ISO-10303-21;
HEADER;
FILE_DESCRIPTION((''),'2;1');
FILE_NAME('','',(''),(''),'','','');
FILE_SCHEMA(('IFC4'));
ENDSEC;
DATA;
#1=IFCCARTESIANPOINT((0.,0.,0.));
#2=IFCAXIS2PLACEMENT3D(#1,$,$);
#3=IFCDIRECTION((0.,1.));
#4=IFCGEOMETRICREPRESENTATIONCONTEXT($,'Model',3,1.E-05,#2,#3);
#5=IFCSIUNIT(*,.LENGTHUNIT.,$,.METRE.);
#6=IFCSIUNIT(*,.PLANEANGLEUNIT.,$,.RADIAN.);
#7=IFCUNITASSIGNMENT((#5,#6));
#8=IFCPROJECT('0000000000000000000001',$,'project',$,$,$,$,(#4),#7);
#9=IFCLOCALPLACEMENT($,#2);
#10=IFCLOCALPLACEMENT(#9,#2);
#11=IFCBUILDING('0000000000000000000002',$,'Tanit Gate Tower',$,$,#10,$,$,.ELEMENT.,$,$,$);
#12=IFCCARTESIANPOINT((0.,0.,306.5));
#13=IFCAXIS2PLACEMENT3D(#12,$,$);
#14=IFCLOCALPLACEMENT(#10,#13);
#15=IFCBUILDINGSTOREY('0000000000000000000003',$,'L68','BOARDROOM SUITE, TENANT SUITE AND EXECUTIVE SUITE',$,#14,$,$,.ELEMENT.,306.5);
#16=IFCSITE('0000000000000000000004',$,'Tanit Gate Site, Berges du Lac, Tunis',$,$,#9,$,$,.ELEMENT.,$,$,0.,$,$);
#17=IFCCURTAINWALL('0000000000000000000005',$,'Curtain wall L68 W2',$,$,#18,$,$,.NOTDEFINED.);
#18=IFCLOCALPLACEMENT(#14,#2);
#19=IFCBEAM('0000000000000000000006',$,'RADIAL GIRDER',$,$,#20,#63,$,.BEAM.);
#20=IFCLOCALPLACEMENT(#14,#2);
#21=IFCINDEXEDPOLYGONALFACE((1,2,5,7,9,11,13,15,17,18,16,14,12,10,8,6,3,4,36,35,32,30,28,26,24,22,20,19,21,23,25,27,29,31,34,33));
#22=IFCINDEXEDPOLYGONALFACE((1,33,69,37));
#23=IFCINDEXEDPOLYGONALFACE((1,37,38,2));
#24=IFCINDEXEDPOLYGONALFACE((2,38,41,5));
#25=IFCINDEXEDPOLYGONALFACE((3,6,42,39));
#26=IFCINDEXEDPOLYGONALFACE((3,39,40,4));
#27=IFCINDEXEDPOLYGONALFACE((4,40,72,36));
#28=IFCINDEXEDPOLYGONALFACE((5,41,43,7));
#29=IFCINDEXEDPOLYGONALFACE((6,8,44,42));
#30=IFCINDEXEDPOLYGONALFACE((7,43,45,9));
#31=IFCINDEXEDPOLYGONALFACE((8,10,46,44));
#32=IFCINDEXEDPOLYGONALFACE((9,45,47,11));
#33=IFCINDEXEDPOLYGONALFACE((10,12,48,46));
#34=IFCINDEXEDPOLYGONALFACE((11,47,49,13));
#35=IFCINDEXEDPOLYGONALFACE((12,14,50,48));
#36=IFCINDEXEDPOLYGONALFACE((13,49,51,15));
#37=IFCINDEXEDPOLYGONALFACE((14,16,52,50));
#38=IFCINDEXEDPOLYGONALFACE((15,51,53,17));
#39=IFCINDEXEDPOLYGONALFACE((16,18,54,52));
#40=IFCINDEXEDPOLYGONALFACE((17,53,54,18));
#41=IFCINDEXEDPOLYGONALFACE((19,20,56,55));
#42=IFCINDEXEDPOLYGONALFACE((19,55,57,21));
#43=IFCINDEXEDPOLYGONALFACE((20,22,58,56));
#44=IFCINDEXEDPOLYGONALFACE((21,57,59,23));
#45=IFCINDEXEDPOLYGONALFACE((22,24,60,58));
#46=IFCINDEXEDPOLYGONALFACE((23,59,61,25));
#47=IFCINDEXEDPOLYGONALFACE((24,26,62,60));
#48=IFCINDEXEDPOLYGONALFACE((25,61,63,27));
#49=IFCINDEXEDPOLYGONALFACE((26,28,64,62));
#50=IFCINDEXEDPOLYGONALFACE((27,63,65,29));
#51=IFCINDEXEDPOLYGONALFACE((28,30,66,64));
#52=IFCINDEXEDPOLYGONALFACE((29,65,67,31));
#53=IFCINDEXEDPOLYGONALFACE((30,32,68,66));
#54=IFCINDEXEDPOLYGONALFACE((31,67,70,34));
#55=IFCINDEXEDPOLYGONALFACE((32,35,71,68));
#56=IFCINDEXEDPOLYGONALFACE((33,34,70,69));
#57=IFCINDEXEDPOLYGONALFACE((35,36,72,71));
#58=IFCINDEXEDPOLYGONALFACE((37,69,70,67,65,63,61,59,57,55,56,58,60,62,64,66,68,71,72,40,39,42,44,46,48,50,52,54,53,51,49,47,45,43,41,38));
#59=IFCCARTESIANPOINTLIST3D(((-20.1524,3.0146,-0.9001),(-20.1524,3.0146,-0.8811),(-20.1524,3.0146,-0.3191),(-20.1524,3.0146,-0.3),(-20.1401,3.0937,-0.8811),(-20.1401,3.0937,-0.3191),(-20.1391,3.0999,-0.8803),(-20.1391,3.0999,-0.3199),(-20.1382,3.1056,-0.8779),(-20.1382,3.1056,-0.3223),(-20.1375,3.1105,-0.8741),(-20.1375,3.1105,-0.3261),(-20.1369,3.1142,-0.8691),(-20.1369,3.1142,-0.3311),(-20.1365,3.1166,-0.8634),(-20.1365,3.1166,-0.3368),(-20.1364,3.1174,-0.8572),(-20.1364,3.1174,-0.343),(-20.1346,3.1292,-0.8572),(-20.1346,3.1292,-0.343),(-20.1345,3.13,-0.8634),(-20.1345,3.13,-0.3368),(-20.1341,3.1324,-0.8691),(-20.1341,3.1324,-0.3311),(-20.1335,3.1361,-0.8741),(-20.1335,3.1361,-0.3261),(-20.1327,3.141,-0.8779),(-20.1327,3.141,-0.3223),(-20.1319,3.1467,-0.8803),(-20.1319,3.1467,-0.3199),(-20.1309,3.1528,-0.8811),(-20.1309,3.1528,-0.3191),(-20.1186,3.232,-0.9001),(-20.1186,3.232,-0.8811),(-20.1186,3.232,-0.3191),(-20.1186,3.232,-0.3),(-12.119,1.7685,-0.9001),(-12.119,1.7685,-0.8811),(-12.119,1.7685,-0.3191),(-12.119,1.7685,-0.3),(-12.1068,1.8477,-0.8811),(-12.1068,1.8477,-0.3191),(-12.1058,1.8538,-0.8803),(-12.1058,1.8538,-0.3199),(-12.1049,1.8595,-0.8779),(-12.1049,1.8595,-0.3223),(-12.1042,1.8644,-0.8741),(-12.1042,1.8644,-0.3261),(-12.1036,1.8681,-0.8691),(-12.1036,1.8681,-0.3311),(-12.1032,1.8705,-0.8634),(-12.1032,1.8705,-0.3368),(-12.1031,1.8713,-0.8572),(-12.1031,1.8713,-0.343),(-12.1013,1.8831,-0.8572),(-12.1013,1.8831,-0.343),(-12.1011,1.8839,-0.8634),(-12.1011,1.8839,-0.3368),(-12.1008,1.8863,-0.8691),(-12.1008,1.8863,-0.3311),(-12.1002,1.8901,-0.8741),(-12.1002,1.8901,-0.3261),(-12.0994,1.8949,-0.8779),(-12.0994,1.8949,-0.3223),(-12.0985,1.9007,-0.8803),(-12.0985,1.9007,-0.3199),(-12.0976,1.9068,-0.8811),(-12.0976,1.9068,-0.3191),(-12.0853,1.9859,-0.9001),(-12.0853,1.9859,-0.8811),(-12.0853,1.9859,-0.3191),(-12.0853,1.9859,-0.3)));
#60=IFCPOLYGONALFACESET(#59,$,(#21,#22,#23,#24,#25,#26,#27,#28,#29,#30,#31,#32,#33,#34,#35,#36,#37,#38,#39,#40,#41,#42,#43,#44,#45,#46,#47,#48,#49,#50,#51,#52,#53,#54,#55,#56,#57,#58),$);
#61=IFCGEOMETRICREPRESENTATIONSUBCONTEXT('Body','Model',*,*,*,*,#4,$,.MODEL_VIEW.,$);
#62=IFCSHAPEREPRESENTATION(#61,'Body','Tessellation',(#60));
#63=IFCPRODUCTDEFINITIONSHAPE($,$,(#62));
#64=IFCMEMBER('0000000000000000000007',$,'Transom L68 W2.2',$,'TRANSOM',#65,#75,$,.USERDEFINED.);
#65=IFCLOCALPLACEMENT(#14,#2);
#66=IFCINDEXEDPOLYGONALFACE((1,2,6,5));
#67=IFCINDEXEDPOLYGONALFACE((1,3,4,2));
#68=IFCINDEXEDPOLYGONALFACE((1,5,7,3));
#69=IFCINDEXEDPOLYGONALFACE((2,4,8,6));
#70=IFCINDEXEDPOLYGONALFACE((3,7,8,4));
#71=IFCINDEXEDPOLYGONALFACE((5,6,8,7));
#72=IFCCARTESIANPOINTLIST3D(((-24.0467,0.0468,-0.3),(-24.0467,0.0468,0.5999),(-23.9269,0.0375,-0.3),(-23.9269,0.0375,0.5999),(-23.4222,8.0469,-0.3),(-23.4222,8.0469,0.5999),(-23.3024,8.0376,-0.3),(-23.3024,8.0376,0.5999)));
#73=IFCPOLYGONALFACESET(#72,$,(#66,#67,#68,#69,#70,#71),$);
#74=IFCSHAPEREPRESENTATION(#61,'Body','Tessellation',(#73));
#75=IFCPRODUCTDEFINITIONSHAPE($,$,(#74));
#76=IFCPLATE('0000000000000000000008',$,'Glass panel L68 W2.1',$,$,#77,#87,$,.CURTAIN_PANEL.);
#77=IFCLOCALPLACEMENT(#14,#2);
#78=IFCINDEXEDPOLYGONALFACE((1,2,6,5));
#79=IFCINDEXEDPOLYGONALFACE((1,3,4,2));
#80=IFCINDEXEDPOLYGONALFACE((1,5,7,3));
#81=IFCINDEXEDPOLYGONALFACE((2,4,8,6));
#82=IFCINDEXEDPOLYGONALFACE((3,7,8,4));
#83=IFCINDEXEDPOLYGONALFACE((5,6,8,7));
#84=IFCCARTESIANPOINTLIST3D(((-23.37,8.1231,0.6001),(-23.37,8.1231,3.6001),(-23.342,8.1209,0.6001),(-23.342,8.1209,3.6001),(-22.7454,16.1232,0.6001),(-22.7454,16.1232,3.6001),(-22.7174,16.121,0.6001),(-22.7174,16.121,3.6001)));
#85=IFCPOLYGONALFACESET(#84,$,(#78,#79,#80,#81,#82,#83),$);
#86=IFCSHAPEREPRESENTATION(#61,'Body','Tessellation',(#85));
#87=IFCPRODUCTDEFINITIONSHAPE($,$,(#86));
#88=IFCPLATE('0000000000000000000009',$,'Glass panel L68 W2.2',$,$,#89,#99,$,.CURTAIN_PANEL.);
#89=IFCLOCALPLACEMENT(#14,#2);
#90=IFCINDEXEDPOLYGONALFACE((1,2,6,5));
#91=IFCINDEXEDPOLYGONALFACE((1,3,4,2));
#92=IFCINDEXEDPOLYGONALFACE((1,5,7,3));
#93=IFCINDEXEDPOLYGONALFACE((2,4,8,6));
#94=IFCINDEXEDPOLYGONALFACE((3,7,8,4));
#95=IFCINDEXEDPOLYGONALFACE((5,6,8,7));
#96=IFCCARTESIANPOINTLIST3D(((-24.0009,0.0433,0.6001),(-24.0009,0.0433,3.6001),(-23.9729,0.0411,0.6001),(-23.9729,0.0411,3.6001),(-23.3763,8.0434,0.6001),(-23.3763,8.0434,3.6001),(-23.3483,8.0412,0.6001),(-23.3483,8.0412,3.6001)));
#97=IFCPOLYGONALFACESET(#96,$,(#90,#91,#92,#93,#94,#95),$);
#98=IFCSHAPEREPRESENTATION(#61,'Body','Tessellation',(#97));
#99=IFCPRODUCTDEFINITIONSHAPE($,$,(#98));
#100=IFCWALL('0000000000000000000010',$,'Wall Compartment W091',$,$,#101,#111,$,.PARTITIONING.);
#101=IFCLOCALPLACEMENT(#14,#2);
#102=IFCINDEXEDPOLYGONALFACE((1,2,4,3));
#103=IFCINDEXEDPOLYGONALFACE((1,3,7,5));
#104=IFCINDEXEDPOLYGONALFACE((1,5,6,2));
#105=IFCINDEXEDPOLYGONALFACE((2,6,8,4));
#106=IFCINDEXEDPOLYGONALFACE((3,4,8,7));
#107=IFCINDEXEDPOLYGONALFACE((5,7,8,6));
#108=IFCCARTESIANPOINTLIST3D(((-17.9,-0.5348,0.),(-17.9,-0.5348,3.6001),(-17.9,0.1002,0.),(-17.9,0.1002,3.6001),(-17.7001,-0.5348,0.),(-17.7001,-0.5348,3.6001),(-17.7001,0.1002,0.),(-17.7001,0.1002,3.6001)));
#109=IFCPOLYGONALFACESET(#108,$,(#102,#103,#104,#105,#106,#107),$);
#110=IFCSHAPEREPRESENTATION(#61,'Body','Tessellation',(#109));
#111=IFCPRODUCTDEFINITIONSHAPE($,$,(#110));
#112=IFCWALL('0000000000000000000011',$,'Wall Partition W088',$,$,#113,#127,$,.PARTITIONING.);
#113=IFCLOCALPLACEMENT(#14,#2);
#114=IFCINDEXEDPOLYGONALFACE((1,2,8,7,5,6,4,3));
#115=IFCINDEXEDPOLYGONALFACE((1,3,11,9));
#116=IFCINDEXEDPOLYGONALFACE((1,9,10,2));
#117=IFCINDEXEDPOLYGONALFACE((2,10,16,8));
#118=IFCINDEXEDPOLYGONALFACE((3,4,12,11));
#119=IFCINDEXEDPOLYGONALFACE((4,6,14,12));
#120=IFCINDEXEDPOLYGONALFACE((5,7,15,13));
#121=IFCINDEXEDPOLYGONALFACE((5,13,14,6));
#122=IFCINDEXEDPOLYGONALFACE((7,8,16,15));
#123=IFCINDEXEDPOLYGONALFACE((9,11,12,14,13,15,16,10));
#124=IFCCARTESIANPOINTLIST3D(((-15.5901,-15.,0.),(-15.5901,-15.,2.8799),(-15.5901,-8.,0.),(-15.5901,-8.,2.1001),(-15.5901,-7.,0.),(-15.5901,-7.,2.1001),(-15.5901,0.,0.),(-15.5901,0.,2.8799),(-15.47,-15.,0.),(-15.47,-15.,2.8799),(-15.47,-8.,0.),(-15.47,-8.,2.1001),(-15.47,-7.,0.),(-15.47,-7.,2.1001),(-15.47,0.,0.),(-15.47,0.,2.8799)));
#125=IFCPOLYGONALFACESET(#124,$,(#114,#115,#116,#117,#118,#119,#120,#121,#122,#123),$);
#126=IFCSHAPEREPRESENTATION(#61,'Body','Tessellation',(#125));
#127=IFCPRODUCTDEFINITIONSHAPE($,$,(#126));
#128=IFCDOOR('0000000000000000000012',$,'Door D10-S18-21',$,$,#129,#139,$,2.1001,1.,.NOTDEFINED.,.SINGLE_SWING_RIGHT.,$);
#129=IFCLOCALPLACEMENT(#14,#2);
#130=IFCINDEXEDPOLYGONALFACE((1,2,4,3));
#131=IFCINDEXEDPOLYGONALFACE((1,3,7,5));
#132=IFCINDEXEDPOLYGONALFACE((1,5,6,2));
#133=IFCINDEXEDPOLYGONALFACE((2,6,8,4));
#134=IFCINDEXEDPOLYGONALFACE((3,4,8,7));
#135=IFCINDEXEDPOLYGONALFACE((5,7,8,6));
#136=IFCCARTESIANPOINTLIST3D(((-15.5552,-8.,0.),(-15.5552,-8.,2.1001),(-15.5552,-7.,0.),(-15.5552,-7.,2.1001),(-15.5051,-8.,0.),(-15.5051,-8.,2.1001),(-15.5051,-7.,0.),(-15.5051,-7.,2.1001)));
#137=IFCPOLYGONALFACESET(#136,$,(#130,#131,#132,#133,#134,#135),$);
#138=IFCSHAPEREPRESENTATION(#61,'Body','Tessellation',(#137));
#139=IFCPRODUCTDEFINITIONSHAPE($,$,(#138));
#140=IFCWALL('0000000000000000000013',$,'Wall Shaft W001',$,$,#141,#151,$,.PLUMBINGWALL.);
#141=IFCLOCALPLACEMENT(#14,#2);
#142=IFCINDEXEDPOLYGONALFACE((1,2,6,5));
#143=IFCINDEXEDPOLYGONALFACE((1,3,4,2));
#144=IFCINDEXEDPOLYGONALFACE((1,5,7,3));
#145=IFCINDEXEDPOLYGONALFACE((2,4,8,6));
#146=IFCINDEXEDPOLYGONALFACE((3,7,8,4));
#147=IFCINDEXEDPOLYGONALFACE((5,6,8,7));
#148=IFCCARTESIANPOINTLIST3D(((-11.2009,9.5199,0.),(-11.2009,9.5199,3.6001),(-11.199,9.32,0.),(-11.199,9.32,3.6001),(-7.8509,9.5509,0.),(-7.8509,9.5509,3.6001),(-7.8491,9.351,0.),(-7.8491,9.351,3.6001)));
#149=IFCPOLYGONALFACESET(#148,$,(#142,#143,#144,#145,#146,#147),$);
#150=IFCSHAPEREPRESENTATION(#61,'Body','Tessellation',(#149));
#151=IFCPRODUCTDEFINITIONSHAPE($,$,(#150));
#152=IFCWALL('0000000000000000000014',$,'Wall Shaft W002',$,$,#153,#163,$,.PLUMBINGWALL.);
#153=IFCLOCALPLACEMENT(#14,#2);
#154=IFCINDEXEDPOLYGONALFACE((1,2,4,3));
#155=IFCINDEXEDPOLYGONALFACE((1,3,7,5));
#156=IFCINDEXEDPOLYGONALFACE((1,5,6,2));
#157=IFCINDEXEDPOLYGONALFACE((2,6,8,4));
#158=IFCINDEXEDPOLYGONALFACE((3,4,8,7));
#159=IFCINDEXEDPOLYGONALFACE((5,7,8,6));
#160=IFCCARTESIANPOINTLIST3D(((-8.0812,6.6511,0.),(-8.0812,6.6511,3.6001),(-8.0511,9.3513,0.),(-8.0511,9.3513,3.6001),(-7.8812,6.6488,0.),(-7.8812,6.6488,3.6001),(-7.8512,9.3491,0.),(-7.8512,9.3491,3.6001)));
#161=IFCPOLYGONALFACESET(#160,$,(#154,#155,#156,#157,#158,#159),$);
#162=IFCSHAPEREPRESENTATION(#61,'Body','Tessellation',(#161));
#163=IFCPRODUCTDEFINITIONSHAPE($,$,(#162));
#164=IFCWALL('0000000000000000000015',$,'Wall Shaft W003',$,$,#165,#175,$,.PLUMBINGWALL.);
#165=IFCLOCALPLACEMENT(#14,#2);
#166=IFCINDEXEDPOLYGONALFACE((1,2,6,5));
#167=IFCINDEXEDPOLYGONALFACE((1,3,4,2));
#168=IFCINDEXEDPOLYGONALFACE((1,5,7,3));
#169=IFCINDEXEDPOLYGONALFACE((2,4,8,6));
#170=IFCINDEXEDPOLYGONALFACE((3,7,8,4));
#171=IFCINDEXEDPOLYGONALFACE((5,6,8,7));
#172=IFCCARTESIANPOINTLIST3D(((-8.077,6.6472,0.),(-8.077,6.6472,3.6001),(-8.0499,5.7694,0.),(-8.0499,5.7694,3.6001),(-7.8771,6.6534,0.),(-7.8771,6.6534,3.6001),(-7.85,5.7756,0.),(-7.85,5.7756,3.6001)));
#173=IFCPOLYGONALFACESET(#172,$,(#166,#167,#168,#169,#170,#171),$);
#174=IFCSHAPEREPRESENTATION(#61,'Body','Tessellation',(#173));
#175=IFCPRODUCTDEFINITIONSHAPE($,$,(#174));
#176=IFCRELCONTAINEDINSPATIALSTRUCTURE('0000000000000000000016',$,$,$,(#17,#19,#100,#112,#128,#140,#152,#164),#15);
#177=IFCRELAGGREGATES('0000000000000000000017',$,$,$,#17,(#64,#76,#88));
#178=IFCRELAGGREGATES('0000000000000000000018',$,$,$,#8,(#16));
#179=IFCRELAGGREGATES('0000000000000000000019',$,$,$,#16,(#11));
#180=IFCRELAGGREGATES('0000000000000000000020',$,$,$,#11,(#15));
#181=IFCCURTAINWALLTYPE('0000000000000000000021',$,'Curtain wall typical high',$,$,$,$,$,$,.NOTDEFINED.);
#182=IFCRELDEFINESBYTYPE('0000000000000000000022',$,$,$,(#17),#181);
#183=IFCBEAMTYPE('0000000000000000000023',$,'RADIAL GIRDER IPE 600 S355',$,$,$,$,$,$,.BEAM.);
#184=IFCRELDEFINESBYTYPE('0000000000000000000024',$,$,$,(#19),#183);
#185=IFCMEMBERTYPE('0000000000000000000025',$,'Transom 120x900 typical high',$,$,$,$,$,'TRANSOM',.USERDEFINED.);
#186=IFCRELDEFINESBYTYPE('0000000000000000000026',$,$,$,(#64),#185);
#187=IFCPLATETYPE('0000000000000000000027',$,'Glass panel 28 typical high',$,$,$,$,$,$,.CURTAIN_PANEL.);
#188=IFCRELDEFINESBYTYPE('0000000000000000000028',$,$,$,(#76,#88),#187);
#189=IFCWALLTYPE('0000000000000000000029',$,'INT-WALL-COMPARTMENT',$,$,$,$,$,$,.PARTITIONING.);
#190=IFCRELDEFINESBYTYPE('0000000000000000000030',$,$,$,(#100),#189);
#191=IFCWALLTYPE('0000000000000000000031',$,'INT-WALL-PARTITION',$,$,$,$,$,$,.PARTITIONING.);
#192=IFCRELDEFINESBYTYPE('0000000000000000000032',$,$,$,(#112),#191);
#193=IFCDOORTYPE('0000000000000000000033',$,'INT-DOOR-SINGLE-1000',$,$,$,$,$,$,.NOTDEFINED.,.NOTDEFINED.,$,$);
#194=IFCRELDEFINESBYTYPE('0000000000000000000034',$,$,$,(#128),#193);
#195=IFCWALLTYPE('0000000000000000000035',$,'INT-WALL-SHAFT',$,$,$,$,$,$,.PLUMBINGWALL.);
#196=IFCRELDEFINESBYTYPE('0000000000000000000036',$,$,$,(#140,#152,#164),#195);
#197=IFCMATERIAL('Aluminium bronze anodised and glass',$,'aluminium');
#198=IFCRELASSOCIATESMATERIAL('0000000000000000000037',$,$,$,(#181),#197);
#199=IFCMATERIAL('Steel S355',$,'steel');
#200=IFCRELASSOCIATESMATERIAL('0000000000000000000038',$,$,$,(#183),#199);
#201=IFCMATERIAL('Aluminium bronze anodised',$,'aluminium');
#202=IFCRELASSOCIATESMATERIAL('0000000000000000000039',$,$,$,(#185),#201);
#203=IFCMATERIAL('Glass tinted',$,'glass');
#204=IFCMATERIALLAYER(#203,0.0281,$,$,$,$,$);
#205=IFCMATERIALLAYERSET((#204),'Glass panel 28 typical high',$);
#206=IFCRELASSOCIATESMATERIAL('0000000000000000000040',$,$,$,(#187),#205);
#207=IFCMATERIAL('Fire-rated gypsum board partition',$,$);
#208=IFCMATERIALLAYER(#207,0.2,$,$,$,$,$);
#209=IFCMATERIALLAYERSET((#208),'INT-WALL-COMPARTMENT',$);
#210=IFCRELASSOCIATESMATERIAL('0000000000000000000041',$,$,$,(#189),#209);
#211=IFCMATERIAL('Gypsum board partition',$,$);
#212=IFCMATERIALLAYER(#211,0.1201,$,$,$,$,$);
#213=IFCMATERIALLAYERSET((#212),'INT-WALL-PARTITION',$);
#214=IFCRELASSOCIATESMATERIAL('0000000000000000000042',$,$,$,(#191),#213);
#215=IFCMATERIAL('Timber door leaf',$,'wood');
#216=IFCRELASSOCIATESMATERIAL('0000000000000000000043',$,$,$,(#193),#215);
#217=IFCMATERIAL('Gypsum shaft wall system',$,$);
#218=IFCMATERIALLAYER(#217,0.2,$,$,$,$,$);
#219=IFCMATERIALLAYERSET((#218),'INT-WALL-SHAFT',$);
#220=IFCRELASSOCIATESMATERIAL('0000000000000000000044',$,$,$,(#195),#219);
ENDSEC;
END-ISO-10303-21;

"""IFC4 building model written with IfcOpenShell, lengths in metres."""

from ifc_helpers import new_model, si_unit, direction, frame, frame_2d, origin, origin_2d, place, context, subcontext, project, spatial, rectangle, i_section, extrude, material, layer, layer_set, material_profile, profile_set, type_object, element, fill, aggregate, save


model = new_model("IFC4")

# Units and contexts
model_context = context("Model", 3, precision=1e-05, world=origin(), true_north=direction((0.0, 1.0)))
body_context = subcontext(model_context, "Body", "Model", "MODEL_VIEW")
ifc_project = project(units=[si_unit("LENGTHUNIT", "METRE"), si_unit("PLANEANGLEUNIT", "RADIAN")], contexts=[model_context])

# Site, building, storey
site_placement = place(None, origin())
site = spatial("IfcSite", under=ifc_project, at=site_placement, Name="Tanit Gate Site, Berges du Lac, Tunis", CompositionType="ELEMENT", RefElevation=0.0)
building_placement = place(site_placement, origin())
building = spatial("IfcBuilding", under=site, at=building_placement, Name="Tanit Gate Tower", CompositionType="ELEMENT")
storey_placement = place(building_placement, frame((0.0, 0.0, 306.5)))
storey = spatial("IfcBuildingStorey", under=building, at=storey_placement, Name="L68", Description="BOARDROOM SUITE, TENANT SUITE AND EXECUTIVE SUITE", CompositionType="ELEMENT", Elevation=306.5)

# Curtain wall
ifc_material_1 = material(Name="Aluminium bronze anodised and glass", Category="aluminium")
curtain_wall_type = type_object("IfcCurtainWallType", Name="Curtain wall typical high", PredefinedType="NOTDEFINED", material=ifc_material_1)
curtain_wall_placement = place(storey_placement, origin())
curtain_wall = element("IfcCurtainWall", 1, at=curtain_wall_placement, inside=storey, type_object=curtain_wall_type, Name="Curtain wall L68 W2", PredefinedType="NOTDEFINED")

# Beam
ifc_material_2 = material(Name="Steel S355", Category="steel")
ifc_material_profile_1 = material_profile(ifc_material_2, i_section(OverallWidth=0.22, OverallDepth=0.6001, WebThickness=0.012, FlangeThickness=0.019, FilletRadius=0.0239, at=origin_2d()), Name="IPE 600")
ifc_profile_set_1 = profile_set([ifc_material_profile_1], Name="Steel S355")
beam_type_1 = type_object("IfcBeamType", Name="RADIAL GIRDER IPE 600 S355", PredefinedType="BEAM", material=ifc_profile_set_1)
beam_1_placement = place(storey_placement, frame((-20.1355, 3.1233, -0.6001), z_axis=(0.988183, -0.15328, 0.0), x_axis=(0.15328, 0.988183, 0.0)))
element("IfcBeam", 2, at=beam_1_placement, inside=storey, type_object=beam_type_1, Name="RADIAL GIRDER", PredefinedType="BEAM", context=body_context, shape_type="SweptSolid", body=[
    extrude(i_section(OverallWidth=0.22, OverallDepth=0.6001, WebThickness=0.012, FlangeThickness=0.019, FilletRadius=0.0239, at=origin_2d()), origin(), (0.0, 0.0, 1.0), 8.1294),
])

# Member
ifc_material_3 = material(Name="Aluminium bronze anodised", Category="aluminium")
ifc_material_profile_2 = material_profile(ifc_material_3, rectangle(XDim=0.1201, YDim=0.8999, at=origin_2d()), Name="120x900 bronze transom")
ifc_profile_set_2 = profile_set([ifc_material_profile_2], Name="Aluminium bronze anodised")
member_type_1 = type_object("IfcMemberType", Name="Transom 120x900 typical high", ElementType="TRANSOM", PredefinedType="USERDEFINED", material=ifc_profile_set_2)
member_1_placement = place(storey_placement, frame((-23.3623, 8.0422, 0.1499), z_axis=(-0.077827, -0.996967, 0.0), x_axis=(0.996967, -0.077827, 0.0)))
member_1 = element("IfcMember", 3, at=member_1_placement, type_object=member_type_1, Name="Transom L68 W2.2", ObjectType="TRANSOM", PredefinedType="USERDEFINED", context=body_context, shape_type="SweptSolid", body=[
    extrude(rectangle(XDim=0.1201, YDim=0.8999, at=origin_2d()), origin(), (0.0, 0.0, 1.0), 8.0244),
])

# Plates
ifc_material_4 = material(Name="Glass tinted", Category="glass")
ifc_layer_1 = layer(ifc_material_4, 0.0281)
ifc_layer_set_1 = layer_set([ifc_layer_1], Name="Glass panel 28 typical high")
plate_type = type_object("IfcPlateType", Name="Glass panel 28 typical high", PredefinedType="CURTAIN_PANEL", material=ifc_layer_set_1)
plate_1_placement = place(storey_placement, frame((-23.0437, 12.1221, 0.6001), z_axis=(0.0, 0.0, 1.0), x_axis=(-0.077839, -0.996966, 0.0)))
plate_1 = element("IfcPlate", 4, at=plate_1_placement, type_object=plate_type, Name="Glass panel L68 W2.1", PredefinedType="CURTAIN_PANEL", context=body_context, shape_type="SweptSolid", body=[
    extrude(rectangle(XDim=8.0244, YDim=0.0281, at=origin_2d()), origin(), (0.0, 0.0, 1.0), 3.0),
])
plate_2_placement = place(storey_placement, frame((-23.6746, 4.0422, 0.6001), z_axis=(0.0, 0.0, 1.0), x_axis=(-0.077839, -0.996966, 0.0)))
plate_2 = element("IfcPlate", 5, at=plate_2_placement, type_object=plate_type, Name="Glass panel L68 W2.2", PredefinedType="CURTAIN_PANEL", context=body_context, shape_type="SweptSolid", body=[
    extrude(rectangle(XDim=8.0244, YDim=0.0281, at=origin_2d()), origin(), (0.0, 0.0, 1.0), 3.0),
])
aggregate(curtain_wall, [member_1, plate_1, plate_2])

# Wall
ifc_material_5 = material(Name="Fire-rated gypsum board partition")
ifc_layer_2 = layer(ifc_material_5, 0.2)
ifc_layer_set_2 = layer_set([ifc_layer_2], Name="INT-WALL-COMPARTMENT")
wall_type_1 = type_object("IfcWallType", Name="INT-WALL-COMPARTMENT", PredefinedType="PARTITIONING", material=ifc_layer_set_2)
wall_1_placement = place(storey_placement, frame((-17.8, 0.1001, 0.0), z_axis=(0.0, 0.0, 1.0), x_axis=(0.0, -1.0, 0.0)))
element("IfcWall", 6, at=wall_1_placement, inside=storey, type_object=wall_type_1, Name="Wall Compartment W091", PredefinedType="PARTITIONING", context=body_context, shape_type="SweptSolid", body=[
    extrude(rectangle(XDim=0.635, YDim=0.2, at=frame_2d((0.3174, 0.0))), origin(), (0.0, 0.0, 1.0), 3.6001),
])

# Wall, opening, door
ifc_material_6 = material(Name="Gypsum board partition")
ifc_layer_3 = layer(ifc_material_6, 0.1201)
ifc_layer_set_3 = layer_set([ifc_layer_3], Name="INT-WALL-PARTITION")
wall_type_2 = type_object("IfcWallType", Name="INT-WALL-PARTITION", PredefinedType="PARTITIONING", material=ifc_layer_set_3)
wall_2_placement = place(storey_placement, frame((-15.53, 0.0, 0.0), z_axis=(0.0, 0.0, 1.0), x_axis=(0.0, -1.0, 0.0)))
wall_2 = element("IfcWall", 7, at=wall_2_placement, inside=storey, type_object=wall_type_2, Name="Wall Partition W088", PredefinedType="PARTITIONING", context=body_context, shape_type="SweptSolid", body=[
    extrude(rectangle(XDim=15.0, YDim=0.1201, at=frame_2d((7.5, 0.0))), origin(), (0.0, 0.0, 1.0), 2.8799),
])
opening_placement = place(wall_2_placement, frame((7.0, 0.0, 0.0)))
opening = element("IfcOpeningElement", 8, at=opening_placement, cuts=wall_2, PredefinedType="OPENING", context=body_context, shape_type="SweptSolid", body=[
    extrude(rectangle(XDim=1.0, YDim=2.1001, at=frame_2d((0.5, 1.05))), frame((0.0, 0.0701, 0.0), z_axis=(0.0, -1.0, 0.0), x_axis=(1.0, 0.0, 0.0)), (0.0, 0.0, 1.0), 0.1401),
])
ifc_material_7 = material(Name="Timber door leaf", Category="wood")
door_type = type_object("IfcDoorType", Name="INT-DOOR-SINGLE-1000", OperationType="NOTDEFINED", PredefinedType="NOTDEFINED", material=ifc_material_7)
door_placement = place(opening_placement, origin())
door = element("IfcDoor", 9, at=door_placement, inside=storey, type_object=door_type, Name="Door D10-S18-21", OperationType="SINGLE_SWING_RIGHT", OverallHeight=2.1001, OverallWidth=1.0, PredefinedType="NOTDEFINED", context=body_context, shape_type="SweptSolid", body=[
    extrude(rectangle(XDim=1.0, YDim=2.1001, at=frame_2d((0.5, 1.05))), frame((0.0, 0.0249, 0.0), z_axis=(0.0, -1.0, 0.0), x_axis=(1.0, 0.0, 0.0)), (0.0, 0.0, 1.0), 0.05),
])
fill(opening, door)

# Walls
ifc_material_8 = material(Name="Gypsum shaft wall system")
ifc_layer_4 = layer(ifc_material_8, 0.2)
ifc_layer_set_4 = layer_set([ifc_layer_4], Name="INT-WALL-SHAFT")
wall_type_3 = type_object("IfcWallType", Name="INT-WALL-SHAFT", PredefinedType="PLUMBINGWALL", material=ifc_layer_set_4)
wall_3_placement = place(storey_placement, frame((-11.2, 9.4199, 0.0), z_axis=(0.0, 0.0, 1.0), x_axis=(0.999957, 0.009255, 0.0)))
element("IfcWall", 10, at=wall_3_placement, inside=storey, type_object=wall_type_3, Name="Wall Shaft W001", PredefinedType="PLUMBINGWALL", context=body_context, shape_type="SweptSolid", body=[
    extrude(rectangle(XDim=3.3501, YDim=0.2, at=frame_2d((1.675, 0.0))), origin(), (0.0, 0.0, 1.0), 3.6001),
])
wall_4_placement = place(storey_placement, frame((-7.9512, 9.3501, 0.0), z_axis=(0.0, 0.0, 1.0), x_axis=(-0.01112, -0.999938, 0.0)))
element("IfcWall", 11, at=wall_4_placement, inside=storey, type_object=wall_type_3, Name="Wall Shaft W002", PredefinedType="PLUMBINGWALL", context=body_context, shape_type="SweptSolid", body=[
    extrude(rectangle(XDim=2.7004, YDim=0.2, at=frame_2d((1.3501, 0.0))), origin(), (0.0, 0.0, 1.0), 3.6001),
])
wall_5_placement = place(storey_placement, frame((-7.9771, 6.6501, 0.0), z_axis=(0.0, 0.0, 1.0), x_axis=(0.030862, -0.999524, 0.0)))
element("IfcWall", 12, at=wall_5_placement, inside=storey, type_object=wall_type_3, Name="Wall Shaft W003", PredefinedType="PLUMBINGWALL", context=body_context, shape_type="SweptSolid", body=[
    extrude(rectangle(XDim=0.8782, YDim=0.2, at=frame_2d((0.439, 0.0))), origin(), (0.0, 0.0, 1.0), 3.6001),
])

save(model, "model.ifc")
